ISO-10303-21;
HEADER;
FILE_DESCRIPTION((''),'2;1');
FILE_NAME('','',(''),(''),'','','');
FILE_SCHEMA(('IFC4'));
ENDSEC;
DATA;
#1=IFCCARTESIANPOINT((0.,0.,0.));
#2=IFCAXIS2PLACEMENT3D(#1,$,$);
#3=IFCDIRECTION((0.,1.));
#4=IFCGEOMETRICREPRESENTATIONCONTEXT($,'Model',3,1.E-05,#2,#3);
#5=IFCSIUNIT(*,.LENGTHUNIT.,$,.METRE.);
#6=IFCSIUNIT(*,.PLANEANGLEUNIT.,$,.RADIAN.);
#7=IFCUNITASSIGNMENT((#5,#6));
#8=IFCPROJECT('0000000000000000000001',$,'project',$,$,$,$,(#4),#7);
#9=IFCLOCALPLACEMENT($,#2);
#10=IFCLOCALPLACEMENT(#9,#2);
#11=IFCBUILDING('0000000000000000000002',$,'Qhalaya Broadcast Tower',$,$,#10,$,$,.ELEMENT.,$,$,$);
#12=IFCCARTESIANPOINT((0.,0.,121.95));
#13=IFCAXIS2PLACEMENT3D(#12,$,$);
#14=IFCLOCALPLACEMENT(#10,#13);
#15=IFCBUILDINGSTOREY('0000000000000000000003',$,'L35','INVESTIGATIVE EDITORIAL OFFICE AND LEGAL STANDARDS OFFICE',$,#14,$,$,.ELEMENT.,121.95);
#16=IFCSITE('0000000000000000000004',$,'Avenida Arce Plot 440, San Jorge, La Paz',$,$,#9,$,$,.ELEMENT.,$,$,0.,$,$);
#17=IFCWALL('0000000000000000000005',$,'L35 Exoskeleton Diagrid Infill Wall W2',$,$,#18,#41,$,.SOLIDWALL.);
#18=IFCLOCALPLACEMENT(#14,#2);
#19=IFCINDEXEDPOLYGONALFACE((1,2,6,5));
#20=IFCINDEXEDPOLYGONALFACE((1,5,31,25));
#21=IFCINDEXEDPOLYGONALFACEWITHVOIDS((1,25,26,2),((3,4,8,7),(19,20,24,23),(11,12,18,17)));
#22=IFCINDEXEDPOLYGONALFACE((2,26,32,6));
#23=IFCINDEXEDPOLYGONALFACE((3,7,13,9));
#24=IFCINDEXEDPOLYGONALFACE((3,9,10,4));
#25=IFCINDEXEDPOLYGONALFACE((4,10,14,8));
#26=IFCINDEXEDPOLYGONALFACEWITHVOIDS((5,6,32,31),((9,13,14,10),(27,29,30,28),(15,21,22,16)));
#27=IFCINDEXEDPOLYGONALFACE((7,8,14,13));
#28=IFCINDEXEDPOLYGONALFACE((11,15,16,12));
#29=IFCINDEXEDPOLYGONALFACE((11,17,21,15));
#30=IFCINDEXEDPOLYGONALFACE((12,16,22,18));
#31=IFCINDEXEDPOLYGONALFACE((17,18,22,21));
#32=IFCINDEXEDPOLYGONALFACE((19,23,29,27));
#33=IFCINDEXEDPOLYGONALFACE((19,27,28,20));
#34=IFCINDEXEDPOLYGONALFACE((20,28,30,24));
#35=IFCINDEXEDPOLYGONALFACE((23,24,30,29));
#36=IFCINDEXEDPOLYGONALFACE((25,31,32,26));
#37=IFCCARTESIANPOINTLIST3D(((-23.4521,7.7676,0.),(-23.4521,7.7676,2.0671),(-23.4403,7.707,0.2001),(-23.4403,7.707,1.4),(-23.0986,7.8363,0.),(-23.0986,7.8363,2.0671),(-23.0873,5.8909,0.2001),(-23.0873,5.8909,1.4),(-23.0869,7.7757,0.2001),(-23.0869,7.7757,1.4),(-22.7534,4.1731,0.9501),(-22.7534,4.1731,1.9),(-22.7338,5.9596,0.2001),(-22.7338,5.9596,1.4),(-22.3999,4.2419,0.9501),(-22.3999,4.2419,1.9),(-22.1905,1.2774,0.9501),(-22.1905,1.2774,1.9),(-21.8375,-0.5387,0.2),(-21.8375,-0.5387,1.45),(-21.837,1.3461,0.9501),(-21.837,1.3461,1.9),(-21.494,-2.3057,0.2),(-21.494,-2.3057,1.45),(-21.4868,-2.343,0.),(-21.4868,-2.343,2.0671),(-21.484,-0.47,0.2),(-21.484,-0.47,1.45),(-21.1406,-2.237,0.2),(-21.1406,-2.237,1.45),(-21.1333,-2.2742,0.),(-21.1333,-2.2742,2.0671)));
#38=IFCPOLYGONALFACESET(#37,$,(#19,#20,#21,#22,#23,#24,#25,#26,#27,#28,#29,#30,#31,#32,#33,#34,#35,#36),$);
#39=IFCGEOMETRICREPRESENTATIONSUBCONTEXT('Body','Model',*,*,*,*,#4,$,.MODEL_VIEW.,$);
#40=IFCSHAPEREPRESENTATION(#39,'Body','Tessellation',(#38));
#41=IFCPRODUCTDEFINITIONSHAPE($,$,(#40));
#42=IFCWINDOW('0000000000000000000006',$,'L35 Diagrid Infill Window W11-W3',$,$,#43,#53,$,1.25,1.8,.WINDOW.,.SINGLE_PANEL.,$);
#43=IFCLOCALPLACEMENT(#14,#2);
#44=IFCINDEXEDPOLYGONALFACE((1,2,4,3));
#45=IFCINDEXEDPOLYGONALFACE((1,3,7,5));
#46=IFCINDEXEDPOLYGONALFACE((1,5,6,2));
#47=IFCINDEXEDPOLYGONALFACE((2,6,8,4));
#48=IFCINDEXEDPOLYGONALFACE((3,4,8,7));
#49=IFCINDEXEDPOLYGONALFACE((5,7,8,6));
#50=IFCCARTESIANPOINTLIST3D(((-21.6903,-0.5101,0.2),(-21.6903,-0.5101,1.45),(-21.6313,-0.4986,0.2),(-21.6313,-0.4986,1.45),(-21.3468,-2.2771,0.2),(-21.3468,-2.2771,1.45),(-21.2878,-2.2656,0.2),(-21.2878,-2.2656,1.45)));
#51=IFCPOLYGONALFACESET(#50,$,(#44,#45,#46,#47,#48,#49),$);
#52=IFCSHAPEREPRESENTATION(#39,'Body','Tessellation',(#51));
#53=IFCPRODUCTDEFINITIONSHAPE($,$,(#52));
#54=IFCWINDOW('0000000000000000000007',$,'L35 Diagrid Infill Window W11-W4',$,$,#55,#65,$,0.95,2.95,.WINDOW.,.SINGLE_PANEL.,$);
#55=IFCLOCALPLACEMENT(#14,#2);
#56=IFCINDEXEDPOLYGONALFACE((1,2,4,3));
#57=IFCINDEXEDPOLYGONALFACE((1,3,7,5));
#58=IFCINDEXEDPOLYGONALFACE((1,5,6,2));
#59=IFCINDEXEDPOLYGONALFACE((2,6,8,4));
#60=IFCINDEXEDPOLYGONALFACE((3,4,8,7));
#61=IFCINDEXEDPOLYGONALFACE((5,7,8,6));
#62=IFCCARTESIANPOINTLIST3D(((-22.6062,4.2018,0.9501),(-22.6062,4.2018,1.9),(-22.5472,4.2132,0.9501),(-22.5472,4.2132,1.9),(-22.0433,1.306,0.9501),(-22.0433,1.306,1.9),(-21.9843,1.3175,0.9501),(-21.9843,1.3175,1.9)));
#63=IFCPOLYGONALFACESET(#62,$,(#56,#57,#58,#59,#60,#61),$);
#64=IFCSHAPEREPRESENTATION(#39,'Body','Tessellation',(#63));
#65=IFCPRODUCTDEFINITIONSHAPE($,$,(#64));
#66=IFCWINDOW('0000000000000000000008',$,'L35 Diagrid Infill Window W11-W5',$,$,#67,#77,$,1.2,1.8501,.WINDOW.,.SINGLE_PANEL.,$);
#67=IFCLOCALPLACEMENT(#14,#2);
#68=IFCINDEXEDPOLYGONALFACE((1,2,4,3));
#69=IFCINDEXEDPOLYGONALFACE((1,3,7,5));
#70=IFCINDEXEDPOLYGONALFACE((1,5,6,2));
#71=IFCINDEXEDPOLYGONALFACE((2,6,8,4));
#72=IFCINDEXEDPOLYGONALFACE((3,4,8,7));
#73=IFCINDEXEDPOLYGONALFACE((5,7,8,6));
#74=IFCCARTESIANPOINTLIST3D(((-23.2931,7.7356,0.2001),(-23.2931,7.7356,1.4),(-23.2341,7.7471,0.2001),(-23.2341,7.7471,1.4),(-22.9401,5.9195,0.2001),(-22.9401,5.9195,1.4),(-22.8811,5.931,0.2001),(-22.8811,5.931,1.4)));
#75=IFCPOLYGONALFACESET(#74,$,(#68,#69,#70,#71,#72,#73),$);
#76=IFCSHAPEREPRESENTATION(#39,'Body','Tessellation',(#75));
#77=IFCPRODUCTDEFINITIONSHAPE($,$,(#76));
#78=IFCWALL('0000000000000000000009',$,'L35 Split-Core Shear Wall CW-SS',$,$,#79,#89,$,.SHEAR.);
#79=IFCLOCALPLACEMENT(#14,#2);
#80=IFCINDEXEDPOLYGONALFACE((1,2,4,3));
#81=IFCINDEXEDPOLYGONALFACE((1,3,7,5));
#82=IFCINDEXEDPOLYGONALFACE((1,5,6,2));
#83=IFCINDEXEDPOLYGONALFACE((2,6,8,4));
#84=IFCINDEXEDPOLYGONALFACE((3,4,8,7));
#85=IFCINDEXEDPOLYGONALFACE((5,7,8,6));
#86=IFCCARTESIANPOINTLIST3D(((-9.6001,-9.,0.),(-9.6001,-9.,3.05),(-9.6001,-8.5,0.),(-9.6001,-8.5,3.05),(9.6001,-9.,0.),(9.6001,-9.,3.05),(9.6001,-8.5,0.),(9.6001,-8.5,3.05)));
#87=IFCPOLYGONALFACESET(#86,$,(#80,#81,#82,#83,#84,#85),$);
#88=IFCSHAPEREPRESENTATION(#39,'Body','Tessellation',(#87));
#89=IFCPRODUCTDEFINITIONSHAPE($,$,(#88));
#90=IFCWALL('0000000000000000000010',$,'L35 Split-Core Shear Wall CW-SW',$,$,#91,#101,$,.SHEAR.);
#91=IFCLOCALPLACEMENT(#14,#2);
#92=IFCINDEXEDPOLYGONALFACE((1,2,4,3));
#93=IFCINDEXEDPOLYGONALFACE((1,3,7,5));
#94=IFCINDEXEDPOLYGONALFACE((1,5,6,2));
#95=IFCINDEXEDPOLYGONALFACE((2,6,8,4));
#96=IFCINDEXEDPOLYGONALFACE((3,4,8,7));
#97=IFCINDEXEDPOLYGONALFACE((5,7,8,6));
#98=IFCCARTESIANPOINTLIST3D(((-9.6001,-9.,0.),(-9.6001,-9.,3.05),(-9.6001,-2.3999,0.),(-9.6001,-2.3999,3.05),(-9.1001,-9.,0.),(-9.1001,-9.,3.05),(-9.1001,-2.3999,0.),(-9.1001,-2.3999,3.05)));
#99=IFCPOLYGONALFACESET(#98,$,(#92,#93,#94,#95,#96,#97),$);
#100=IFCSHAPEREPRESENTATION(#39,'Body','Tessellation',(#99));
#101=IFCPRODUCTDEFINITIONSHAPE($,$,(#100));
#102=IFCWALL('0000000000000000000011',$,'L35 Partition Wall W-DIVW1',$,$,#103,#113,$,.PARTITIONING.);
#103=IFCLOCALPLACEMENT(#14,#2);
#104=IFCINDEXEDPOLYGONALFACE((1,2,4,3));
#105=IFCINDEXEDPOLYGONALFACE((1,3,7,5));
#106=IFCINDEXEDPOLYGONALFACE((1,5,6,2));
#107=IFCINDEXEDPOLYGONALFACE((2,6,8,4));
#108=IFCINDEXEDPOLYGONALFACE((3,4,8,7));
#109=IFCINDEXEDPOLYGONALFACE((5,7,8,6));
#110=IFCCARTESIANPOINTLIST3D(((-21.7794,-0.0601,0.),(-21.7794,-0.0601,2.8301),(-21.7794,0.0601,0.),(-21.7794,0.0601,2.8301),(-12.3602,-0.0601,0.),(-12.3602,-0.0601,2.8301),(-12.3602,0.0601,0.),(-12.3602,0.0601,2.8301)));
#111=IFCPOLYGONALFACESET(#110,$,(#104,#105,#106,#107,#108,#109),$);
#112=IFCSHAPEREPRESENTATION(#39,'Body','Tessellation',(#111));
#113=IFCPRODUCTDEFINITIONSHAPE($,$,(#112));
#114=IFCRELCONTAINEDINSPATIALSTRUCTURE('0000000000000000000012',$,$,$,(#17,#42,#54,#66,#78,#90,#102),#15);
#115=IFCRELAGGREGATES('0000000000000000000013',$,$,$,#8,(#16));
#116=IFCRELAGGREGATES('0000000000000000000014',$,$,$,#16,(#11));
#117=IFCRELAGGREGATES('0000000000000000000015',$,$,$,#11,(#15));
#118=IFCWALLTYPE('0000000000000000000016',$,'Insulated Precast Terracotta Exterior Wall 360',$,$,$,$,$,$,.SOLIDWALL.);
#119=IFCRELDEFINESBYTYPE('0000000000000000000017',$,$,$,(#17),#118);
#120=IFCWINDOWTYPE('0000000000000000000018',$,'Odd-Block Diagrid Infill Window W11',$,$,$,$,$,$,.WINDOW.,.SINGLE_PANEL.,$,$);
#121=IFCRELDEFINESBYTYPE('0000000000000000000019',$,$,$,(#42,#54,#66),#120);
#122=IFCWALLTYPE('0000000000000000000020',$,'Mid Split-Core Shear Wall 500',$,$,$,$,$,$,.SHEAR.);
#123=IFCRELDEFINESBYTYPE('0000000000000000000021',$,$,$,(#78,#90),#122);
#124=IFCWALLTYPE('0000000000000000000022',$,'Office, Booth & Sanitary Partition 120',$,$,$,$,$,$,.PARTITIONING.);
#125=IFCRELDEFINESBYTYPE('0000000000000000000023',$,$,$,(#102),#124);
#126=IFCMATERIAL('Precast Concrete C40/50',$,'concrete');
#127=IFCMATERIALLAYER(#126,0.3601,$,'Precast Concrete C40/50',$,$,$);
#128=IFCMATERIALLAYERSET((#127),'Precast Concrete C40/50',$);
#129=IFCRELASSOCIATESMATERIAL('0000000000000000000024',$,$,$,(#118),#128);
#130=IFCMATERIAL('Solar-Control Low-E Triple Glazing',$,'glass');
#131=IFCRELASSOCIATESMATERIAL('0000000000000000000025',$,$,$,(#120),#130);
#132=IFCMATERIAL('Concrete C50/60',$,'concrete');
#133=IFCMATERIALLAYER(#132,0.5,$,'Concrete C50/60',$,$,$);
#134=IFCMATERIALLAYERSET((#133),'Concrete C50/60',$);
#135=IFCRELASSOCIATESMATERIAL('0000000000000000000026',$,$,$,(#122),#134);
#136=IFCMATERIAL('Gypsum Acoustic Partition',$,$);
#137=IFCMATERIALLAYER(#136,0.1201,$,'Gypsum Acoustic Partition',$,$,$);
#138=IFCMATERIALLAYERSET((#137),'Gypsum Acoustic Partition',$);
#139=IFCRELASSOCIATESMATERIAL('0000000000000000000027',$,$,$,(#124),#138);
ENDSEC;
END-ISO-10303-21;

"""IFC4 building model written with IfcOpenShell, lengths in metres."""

from ifc_helpers import new_model, si_unit, direction, frame, frame_2d, origin, place, context, subcontext, project, spatial, rectangle, extrude, material, layer, layer_set, type_object, element, fill, save


model = new_model("IFC4")

# Units and contexts
model_context = context("Model", 3, precision=1e-05, world=origin(), true_north=direction((0.0, 1.0)))
body_context = subcontext(model_context, "Body", "Model", "MODEL_VIEW")
ifc_project = project(units=[si_unit("LENGTHUNIT", "METRE"), si_unit("PLANEANGLEUNIT", "RADIAN")], contexts=[model_context])

# Site, building, storey
site_placement = place(None, origin())
site = spatial("IfcSite", under=ifc_project, at=site_placement, Name="Avenida Arce Plot 440, San Jorge, La Paz", CompositionType="ELEMENT", RefElevation=0.0)
building_placement = place(site_placement, origin())
building = spatial("IfcBuilding", under=site, at=building_placement, Name="Qhalaya Broadcast Tower", CompositionType="ELEMENT")
storey_placement = place(building_placement, frame((0.0, 0.0, 121.95)))
storey = spatial("IfcBuildingStorey", under=building, at=storey_placement, Name="L35", Description="INVESTIGATIVE EDITORIAL OFFICE AND LEGAL STANDARDS OFFICE", CompositionType="ELEMENT", Elevation=121.95)

# Shared definitions
ifc_material_1 = material(Name="Concrete C50/60", Category="concrete")

# Wall, openings, windows
ifc_material_2 = material(Name="Precast Concrete C40/50", Category="concrete")
ifc_layer_1 = layer(ifc_material_2, 0.3601, Name="Precast Concrete C40/50")
ifc_layer_set_1 = layer_set([ifc_layer_1], Name="Precast Concrete C40/50")
wall_type_1 = type_object("IfcWallType", Name="Insulated Precast Terracotta Exterior Wall 360", PredefinedType="SOLIDWALL", material=ifc_layer_set_1)
wall_1_placement = place(storey_placement, frame((-21.3101, -2.3086, 0.0), z_axis=(0.0, 0.0, 1.0), x_axis=(-0.190812, 0.981627, 0.0)))
wall_1 = element("IfcWall", 1, at=wall_1_placement, inside=storey, type_object=wall_type_1, Name="L35 Exoskeleton Diagrid Infill Wall W2", PredefinedType="SOLIDWALL", context=body_context, shape_type="SweptSolid", body=[
    extrude(rectangle(XDim=10.2998, YDim=0.3601, at=frame_2d((5.1499, 0.0))), origin(), (0.0, 0.0, 1.0), 2.0671),
])
opening_1_placement = place(wall_1_placement, frame((0.0381, 0.0, 0.2)))
opening_1 = element("IfcOpeningElement", 2, at=opening_1_placement, cuts=wall_1, PredefinedType="OPENING", context=body_context, shape_type="SweptSolid", body=[
    extrude(rectangle(XDim=1.8, YDim=1.25, at=frame_2d((0.8999, 0.625))), frame((0.0, 0.1921, 0.0), z_axis=(0.0, -1.0, 0.0), x_axis=(1.0, 0.0, 0.0)), (0.0, 0.0, 1.0), 0.384),
])
opening_2_placement = place(wall_1_placement, frame((3.688, 0.0, 0.95)))
opening_2 = element("IfcOpeningElement", 3, at=opening_2_placement, cuts=wall_1, PredefinedType="OPENING", context=body_context, shape_type="SweptSolid", body=[
    extrude(rectangle(XDim=2.95, YDim=0.95, at=frame_2d((1.4751, 0.4751))), frame((0.0, 0.1921, 0.0), z_axis=(0.0, -1.0, 0.0), x_axis=(1.0, 0.0, 0.0)), (0.0, 0.0, 1.0), 0.384),
])
opening_3_placement = place(wall_1_placement, frame((8.3879, 0.0, 0.2)))
opening_3 = element("IfcOpeningElement", 4, at=opening_3_placement, cuts=wall_1, PredefinedType="OPENING", context=body_context, shape_type="SweptSolid", body=[
    extrude(rectangle(XDim=1.8501, YDim=1.2, at=frame_2d((0.925, 0.6001))), frame((0.0, 0.1921, 0.0), z_axis=(0.0, -1.0, 0.0), x_axis=(1.0, 0.0, 0.0)), (0.0, 0.0, 1.0), 0.384),
])
ifc_material_3 = material(Name="Solar-Control Low-E Triple Glazing", Category="glass")
window_type = type_object("IfcWindowType", Name="Odd-Block Diagrid Infill Window W11", PartitioningType="SINGLE_PANEL", PredefinedType="WINDOW", material=ifc_material_3)
window_1_placement = place(opening_1_placement, origin())
window_1 = element("IfcWindow", 5, at=window_1_placement, inside=storey, type_object=window_type, Name="L35 Diagrid Infill Window W11-W3", OverallHeight=1.25, OverallWidth=1.8, PartitioningType="SINGLE_PANEL", PredefinedType="WINDOW", context=body_context, shape_type="SweptSolid", body=[
    extrude(rectangle(XDim=1.8, YDim=1.25, at=frame_2d((0.8999, 0.625))), frame((0.0, 0.03, 0.0), z_axis=(0.0, -1.0, 0.0), x_axis=(1.0, 0.0, 0.0)), (0.0, 0.0, 1.0), 0.0601),
])
fill(opening_1, window_1)
window_2_placement = place(opening_2_placement, origin())
window_2 = element("IfcWindow", 6, at=window_2_placement, inside=storey, type_object=window_type, Name="L35 Diagrid Infill Window W11-W4", OverallHeight=0.95, OverallWidth=2.95, PartitioningType="SINGLE_PANEL", PredefinedType="WINDOW", context=body_context, shape_type="SweptSolid", body=[
    extrude(rectangle(XDim=2.95, YDim=0.95, at=frame_2d((1.4751, 0.4751))), frame((0.0, 0.03, 0.0), z_axis=(0.0, -1.0, 0.0), x_axis=(1.0, 0.0, 0.0)), (0.0, 0.0, 1.0), 0.0601),
])
fill(opening_2, window_2)
window_3_placement = place(opening_3_placement, origin())
window_3 = element("IfcWindow", 7, at=window_3_placement, inside=storey, type_object=window_type, Name="L35 Diagrid Infill Window W11-W5", OverallHeight=1.2, OverallWidth=1.8501, PartitioningType="SINGLE_PANEL", PredefinedType="WINDOW", context=body_context, shape_type="SweptSolid", body=[
    extrude(rectangle(XDim=1.8501, YDim=1.2, at=frame_2d((0.925, 0.6001))), frame((0.0, 0.03, 0.0), z_axis=(0.0, -1.0, 0.0), x_axis=(1.0, 0.0, 0.0)), (0.0, 0.0, 1.0), 0.0601),
])
fill(opening_3, window_3)

# Wall
ifc_layer_2 = layer(ifc_material_1, 0.5, Name="Concrete C50/60")
ifc_layer_set_2 = layer_set([ifc_layer_2], Name="Concrete C50/60")
wall_type_2 = type_object("IfcWallType", Name="Mid Split-Core Shear Wall 500", PredefinedType="SHEAR", material=ifc_layer_set_2)
wall_2_placement = place(storey_placement, frame((-9.6001, -8.75, 0.0), z_axis=(0.0, 0.0, 1.0), x_axis=(1.0, 0.0, 0.0)))
element("IfcWall", 8, at=wall_2_placement, inside=storey, type_object=wall_type_2, Name="L35 Split-Core Shear Wall CW-SS", PredefinedType="SHEAR", context=body_context, shape_type="SweptSolid", body=[
    extrude(rectangle(XDim=19.2002, YDim=0.5, at=frame_2d((9.6001, 0.0))), origin(), (0.0, 0.0, 1.0), 3.05),
])

# Walls
wall_3_placement = place(storey_placement, frame((-9.3501, -9.0, 0.0), z_axis=(0.0, 0.0, 1.0), x_axis=(0.0, 1.0, 0.0)))
element("IfcWall", 9, at=wall_3_placement, inside=storey, type_object=wall_type_2, Name="L35 Split-Core Shear Wall CW-SW", PredefinedType="SHEAR", context=body_context, shape_type="SweptSolid", body=[
    extrude(rectangle(XDim=6.6001, YDim=0.5, at=frame_2d((3.3, 0.0))), origin(), (0.0, 0.0, 1.0), 3.05),
])
ifc_material_4 = material(Name="Gypsum Acoustic Partition")
ifc_layer_3 = layer(ifc_material_4, 0.1201, Name="Gypsum Acoustic Partition")
ifc_layer_set_3 = layer_set([ifc_layer_3], Name="Gypsum Acoustic Partition")
wall_type_3 = type_object("IfcWallType", Name="Office, Booth & Sanitary Partition 120", PredefinedType="PARTITIONING", material=ifc_layer_set_3)
wall_4_placement = place(storey_placement, frame((-21.7793, 0.0, 0.0), z_axis=(0.0, 0.0, 1.0), x_axis=(1.0, 0.0, 0.0)))
element("IfcWall", 10, at=wall_4_placement, inside=storey, type_object=wall_type_3, Name="L35 Partition Wall W-DIVW1", PredefinedType="PARTITIONING", context=body_context, shape_type="SweptSolid", body=[
    extrude(rectangle(XDim=9.4192, YDim=0.1201, at=frame_2d((4.7095, 0.0))), origin(), (0.0, 0.0, 1.0), 2.8301),
])

save(model, "model.ifc")
